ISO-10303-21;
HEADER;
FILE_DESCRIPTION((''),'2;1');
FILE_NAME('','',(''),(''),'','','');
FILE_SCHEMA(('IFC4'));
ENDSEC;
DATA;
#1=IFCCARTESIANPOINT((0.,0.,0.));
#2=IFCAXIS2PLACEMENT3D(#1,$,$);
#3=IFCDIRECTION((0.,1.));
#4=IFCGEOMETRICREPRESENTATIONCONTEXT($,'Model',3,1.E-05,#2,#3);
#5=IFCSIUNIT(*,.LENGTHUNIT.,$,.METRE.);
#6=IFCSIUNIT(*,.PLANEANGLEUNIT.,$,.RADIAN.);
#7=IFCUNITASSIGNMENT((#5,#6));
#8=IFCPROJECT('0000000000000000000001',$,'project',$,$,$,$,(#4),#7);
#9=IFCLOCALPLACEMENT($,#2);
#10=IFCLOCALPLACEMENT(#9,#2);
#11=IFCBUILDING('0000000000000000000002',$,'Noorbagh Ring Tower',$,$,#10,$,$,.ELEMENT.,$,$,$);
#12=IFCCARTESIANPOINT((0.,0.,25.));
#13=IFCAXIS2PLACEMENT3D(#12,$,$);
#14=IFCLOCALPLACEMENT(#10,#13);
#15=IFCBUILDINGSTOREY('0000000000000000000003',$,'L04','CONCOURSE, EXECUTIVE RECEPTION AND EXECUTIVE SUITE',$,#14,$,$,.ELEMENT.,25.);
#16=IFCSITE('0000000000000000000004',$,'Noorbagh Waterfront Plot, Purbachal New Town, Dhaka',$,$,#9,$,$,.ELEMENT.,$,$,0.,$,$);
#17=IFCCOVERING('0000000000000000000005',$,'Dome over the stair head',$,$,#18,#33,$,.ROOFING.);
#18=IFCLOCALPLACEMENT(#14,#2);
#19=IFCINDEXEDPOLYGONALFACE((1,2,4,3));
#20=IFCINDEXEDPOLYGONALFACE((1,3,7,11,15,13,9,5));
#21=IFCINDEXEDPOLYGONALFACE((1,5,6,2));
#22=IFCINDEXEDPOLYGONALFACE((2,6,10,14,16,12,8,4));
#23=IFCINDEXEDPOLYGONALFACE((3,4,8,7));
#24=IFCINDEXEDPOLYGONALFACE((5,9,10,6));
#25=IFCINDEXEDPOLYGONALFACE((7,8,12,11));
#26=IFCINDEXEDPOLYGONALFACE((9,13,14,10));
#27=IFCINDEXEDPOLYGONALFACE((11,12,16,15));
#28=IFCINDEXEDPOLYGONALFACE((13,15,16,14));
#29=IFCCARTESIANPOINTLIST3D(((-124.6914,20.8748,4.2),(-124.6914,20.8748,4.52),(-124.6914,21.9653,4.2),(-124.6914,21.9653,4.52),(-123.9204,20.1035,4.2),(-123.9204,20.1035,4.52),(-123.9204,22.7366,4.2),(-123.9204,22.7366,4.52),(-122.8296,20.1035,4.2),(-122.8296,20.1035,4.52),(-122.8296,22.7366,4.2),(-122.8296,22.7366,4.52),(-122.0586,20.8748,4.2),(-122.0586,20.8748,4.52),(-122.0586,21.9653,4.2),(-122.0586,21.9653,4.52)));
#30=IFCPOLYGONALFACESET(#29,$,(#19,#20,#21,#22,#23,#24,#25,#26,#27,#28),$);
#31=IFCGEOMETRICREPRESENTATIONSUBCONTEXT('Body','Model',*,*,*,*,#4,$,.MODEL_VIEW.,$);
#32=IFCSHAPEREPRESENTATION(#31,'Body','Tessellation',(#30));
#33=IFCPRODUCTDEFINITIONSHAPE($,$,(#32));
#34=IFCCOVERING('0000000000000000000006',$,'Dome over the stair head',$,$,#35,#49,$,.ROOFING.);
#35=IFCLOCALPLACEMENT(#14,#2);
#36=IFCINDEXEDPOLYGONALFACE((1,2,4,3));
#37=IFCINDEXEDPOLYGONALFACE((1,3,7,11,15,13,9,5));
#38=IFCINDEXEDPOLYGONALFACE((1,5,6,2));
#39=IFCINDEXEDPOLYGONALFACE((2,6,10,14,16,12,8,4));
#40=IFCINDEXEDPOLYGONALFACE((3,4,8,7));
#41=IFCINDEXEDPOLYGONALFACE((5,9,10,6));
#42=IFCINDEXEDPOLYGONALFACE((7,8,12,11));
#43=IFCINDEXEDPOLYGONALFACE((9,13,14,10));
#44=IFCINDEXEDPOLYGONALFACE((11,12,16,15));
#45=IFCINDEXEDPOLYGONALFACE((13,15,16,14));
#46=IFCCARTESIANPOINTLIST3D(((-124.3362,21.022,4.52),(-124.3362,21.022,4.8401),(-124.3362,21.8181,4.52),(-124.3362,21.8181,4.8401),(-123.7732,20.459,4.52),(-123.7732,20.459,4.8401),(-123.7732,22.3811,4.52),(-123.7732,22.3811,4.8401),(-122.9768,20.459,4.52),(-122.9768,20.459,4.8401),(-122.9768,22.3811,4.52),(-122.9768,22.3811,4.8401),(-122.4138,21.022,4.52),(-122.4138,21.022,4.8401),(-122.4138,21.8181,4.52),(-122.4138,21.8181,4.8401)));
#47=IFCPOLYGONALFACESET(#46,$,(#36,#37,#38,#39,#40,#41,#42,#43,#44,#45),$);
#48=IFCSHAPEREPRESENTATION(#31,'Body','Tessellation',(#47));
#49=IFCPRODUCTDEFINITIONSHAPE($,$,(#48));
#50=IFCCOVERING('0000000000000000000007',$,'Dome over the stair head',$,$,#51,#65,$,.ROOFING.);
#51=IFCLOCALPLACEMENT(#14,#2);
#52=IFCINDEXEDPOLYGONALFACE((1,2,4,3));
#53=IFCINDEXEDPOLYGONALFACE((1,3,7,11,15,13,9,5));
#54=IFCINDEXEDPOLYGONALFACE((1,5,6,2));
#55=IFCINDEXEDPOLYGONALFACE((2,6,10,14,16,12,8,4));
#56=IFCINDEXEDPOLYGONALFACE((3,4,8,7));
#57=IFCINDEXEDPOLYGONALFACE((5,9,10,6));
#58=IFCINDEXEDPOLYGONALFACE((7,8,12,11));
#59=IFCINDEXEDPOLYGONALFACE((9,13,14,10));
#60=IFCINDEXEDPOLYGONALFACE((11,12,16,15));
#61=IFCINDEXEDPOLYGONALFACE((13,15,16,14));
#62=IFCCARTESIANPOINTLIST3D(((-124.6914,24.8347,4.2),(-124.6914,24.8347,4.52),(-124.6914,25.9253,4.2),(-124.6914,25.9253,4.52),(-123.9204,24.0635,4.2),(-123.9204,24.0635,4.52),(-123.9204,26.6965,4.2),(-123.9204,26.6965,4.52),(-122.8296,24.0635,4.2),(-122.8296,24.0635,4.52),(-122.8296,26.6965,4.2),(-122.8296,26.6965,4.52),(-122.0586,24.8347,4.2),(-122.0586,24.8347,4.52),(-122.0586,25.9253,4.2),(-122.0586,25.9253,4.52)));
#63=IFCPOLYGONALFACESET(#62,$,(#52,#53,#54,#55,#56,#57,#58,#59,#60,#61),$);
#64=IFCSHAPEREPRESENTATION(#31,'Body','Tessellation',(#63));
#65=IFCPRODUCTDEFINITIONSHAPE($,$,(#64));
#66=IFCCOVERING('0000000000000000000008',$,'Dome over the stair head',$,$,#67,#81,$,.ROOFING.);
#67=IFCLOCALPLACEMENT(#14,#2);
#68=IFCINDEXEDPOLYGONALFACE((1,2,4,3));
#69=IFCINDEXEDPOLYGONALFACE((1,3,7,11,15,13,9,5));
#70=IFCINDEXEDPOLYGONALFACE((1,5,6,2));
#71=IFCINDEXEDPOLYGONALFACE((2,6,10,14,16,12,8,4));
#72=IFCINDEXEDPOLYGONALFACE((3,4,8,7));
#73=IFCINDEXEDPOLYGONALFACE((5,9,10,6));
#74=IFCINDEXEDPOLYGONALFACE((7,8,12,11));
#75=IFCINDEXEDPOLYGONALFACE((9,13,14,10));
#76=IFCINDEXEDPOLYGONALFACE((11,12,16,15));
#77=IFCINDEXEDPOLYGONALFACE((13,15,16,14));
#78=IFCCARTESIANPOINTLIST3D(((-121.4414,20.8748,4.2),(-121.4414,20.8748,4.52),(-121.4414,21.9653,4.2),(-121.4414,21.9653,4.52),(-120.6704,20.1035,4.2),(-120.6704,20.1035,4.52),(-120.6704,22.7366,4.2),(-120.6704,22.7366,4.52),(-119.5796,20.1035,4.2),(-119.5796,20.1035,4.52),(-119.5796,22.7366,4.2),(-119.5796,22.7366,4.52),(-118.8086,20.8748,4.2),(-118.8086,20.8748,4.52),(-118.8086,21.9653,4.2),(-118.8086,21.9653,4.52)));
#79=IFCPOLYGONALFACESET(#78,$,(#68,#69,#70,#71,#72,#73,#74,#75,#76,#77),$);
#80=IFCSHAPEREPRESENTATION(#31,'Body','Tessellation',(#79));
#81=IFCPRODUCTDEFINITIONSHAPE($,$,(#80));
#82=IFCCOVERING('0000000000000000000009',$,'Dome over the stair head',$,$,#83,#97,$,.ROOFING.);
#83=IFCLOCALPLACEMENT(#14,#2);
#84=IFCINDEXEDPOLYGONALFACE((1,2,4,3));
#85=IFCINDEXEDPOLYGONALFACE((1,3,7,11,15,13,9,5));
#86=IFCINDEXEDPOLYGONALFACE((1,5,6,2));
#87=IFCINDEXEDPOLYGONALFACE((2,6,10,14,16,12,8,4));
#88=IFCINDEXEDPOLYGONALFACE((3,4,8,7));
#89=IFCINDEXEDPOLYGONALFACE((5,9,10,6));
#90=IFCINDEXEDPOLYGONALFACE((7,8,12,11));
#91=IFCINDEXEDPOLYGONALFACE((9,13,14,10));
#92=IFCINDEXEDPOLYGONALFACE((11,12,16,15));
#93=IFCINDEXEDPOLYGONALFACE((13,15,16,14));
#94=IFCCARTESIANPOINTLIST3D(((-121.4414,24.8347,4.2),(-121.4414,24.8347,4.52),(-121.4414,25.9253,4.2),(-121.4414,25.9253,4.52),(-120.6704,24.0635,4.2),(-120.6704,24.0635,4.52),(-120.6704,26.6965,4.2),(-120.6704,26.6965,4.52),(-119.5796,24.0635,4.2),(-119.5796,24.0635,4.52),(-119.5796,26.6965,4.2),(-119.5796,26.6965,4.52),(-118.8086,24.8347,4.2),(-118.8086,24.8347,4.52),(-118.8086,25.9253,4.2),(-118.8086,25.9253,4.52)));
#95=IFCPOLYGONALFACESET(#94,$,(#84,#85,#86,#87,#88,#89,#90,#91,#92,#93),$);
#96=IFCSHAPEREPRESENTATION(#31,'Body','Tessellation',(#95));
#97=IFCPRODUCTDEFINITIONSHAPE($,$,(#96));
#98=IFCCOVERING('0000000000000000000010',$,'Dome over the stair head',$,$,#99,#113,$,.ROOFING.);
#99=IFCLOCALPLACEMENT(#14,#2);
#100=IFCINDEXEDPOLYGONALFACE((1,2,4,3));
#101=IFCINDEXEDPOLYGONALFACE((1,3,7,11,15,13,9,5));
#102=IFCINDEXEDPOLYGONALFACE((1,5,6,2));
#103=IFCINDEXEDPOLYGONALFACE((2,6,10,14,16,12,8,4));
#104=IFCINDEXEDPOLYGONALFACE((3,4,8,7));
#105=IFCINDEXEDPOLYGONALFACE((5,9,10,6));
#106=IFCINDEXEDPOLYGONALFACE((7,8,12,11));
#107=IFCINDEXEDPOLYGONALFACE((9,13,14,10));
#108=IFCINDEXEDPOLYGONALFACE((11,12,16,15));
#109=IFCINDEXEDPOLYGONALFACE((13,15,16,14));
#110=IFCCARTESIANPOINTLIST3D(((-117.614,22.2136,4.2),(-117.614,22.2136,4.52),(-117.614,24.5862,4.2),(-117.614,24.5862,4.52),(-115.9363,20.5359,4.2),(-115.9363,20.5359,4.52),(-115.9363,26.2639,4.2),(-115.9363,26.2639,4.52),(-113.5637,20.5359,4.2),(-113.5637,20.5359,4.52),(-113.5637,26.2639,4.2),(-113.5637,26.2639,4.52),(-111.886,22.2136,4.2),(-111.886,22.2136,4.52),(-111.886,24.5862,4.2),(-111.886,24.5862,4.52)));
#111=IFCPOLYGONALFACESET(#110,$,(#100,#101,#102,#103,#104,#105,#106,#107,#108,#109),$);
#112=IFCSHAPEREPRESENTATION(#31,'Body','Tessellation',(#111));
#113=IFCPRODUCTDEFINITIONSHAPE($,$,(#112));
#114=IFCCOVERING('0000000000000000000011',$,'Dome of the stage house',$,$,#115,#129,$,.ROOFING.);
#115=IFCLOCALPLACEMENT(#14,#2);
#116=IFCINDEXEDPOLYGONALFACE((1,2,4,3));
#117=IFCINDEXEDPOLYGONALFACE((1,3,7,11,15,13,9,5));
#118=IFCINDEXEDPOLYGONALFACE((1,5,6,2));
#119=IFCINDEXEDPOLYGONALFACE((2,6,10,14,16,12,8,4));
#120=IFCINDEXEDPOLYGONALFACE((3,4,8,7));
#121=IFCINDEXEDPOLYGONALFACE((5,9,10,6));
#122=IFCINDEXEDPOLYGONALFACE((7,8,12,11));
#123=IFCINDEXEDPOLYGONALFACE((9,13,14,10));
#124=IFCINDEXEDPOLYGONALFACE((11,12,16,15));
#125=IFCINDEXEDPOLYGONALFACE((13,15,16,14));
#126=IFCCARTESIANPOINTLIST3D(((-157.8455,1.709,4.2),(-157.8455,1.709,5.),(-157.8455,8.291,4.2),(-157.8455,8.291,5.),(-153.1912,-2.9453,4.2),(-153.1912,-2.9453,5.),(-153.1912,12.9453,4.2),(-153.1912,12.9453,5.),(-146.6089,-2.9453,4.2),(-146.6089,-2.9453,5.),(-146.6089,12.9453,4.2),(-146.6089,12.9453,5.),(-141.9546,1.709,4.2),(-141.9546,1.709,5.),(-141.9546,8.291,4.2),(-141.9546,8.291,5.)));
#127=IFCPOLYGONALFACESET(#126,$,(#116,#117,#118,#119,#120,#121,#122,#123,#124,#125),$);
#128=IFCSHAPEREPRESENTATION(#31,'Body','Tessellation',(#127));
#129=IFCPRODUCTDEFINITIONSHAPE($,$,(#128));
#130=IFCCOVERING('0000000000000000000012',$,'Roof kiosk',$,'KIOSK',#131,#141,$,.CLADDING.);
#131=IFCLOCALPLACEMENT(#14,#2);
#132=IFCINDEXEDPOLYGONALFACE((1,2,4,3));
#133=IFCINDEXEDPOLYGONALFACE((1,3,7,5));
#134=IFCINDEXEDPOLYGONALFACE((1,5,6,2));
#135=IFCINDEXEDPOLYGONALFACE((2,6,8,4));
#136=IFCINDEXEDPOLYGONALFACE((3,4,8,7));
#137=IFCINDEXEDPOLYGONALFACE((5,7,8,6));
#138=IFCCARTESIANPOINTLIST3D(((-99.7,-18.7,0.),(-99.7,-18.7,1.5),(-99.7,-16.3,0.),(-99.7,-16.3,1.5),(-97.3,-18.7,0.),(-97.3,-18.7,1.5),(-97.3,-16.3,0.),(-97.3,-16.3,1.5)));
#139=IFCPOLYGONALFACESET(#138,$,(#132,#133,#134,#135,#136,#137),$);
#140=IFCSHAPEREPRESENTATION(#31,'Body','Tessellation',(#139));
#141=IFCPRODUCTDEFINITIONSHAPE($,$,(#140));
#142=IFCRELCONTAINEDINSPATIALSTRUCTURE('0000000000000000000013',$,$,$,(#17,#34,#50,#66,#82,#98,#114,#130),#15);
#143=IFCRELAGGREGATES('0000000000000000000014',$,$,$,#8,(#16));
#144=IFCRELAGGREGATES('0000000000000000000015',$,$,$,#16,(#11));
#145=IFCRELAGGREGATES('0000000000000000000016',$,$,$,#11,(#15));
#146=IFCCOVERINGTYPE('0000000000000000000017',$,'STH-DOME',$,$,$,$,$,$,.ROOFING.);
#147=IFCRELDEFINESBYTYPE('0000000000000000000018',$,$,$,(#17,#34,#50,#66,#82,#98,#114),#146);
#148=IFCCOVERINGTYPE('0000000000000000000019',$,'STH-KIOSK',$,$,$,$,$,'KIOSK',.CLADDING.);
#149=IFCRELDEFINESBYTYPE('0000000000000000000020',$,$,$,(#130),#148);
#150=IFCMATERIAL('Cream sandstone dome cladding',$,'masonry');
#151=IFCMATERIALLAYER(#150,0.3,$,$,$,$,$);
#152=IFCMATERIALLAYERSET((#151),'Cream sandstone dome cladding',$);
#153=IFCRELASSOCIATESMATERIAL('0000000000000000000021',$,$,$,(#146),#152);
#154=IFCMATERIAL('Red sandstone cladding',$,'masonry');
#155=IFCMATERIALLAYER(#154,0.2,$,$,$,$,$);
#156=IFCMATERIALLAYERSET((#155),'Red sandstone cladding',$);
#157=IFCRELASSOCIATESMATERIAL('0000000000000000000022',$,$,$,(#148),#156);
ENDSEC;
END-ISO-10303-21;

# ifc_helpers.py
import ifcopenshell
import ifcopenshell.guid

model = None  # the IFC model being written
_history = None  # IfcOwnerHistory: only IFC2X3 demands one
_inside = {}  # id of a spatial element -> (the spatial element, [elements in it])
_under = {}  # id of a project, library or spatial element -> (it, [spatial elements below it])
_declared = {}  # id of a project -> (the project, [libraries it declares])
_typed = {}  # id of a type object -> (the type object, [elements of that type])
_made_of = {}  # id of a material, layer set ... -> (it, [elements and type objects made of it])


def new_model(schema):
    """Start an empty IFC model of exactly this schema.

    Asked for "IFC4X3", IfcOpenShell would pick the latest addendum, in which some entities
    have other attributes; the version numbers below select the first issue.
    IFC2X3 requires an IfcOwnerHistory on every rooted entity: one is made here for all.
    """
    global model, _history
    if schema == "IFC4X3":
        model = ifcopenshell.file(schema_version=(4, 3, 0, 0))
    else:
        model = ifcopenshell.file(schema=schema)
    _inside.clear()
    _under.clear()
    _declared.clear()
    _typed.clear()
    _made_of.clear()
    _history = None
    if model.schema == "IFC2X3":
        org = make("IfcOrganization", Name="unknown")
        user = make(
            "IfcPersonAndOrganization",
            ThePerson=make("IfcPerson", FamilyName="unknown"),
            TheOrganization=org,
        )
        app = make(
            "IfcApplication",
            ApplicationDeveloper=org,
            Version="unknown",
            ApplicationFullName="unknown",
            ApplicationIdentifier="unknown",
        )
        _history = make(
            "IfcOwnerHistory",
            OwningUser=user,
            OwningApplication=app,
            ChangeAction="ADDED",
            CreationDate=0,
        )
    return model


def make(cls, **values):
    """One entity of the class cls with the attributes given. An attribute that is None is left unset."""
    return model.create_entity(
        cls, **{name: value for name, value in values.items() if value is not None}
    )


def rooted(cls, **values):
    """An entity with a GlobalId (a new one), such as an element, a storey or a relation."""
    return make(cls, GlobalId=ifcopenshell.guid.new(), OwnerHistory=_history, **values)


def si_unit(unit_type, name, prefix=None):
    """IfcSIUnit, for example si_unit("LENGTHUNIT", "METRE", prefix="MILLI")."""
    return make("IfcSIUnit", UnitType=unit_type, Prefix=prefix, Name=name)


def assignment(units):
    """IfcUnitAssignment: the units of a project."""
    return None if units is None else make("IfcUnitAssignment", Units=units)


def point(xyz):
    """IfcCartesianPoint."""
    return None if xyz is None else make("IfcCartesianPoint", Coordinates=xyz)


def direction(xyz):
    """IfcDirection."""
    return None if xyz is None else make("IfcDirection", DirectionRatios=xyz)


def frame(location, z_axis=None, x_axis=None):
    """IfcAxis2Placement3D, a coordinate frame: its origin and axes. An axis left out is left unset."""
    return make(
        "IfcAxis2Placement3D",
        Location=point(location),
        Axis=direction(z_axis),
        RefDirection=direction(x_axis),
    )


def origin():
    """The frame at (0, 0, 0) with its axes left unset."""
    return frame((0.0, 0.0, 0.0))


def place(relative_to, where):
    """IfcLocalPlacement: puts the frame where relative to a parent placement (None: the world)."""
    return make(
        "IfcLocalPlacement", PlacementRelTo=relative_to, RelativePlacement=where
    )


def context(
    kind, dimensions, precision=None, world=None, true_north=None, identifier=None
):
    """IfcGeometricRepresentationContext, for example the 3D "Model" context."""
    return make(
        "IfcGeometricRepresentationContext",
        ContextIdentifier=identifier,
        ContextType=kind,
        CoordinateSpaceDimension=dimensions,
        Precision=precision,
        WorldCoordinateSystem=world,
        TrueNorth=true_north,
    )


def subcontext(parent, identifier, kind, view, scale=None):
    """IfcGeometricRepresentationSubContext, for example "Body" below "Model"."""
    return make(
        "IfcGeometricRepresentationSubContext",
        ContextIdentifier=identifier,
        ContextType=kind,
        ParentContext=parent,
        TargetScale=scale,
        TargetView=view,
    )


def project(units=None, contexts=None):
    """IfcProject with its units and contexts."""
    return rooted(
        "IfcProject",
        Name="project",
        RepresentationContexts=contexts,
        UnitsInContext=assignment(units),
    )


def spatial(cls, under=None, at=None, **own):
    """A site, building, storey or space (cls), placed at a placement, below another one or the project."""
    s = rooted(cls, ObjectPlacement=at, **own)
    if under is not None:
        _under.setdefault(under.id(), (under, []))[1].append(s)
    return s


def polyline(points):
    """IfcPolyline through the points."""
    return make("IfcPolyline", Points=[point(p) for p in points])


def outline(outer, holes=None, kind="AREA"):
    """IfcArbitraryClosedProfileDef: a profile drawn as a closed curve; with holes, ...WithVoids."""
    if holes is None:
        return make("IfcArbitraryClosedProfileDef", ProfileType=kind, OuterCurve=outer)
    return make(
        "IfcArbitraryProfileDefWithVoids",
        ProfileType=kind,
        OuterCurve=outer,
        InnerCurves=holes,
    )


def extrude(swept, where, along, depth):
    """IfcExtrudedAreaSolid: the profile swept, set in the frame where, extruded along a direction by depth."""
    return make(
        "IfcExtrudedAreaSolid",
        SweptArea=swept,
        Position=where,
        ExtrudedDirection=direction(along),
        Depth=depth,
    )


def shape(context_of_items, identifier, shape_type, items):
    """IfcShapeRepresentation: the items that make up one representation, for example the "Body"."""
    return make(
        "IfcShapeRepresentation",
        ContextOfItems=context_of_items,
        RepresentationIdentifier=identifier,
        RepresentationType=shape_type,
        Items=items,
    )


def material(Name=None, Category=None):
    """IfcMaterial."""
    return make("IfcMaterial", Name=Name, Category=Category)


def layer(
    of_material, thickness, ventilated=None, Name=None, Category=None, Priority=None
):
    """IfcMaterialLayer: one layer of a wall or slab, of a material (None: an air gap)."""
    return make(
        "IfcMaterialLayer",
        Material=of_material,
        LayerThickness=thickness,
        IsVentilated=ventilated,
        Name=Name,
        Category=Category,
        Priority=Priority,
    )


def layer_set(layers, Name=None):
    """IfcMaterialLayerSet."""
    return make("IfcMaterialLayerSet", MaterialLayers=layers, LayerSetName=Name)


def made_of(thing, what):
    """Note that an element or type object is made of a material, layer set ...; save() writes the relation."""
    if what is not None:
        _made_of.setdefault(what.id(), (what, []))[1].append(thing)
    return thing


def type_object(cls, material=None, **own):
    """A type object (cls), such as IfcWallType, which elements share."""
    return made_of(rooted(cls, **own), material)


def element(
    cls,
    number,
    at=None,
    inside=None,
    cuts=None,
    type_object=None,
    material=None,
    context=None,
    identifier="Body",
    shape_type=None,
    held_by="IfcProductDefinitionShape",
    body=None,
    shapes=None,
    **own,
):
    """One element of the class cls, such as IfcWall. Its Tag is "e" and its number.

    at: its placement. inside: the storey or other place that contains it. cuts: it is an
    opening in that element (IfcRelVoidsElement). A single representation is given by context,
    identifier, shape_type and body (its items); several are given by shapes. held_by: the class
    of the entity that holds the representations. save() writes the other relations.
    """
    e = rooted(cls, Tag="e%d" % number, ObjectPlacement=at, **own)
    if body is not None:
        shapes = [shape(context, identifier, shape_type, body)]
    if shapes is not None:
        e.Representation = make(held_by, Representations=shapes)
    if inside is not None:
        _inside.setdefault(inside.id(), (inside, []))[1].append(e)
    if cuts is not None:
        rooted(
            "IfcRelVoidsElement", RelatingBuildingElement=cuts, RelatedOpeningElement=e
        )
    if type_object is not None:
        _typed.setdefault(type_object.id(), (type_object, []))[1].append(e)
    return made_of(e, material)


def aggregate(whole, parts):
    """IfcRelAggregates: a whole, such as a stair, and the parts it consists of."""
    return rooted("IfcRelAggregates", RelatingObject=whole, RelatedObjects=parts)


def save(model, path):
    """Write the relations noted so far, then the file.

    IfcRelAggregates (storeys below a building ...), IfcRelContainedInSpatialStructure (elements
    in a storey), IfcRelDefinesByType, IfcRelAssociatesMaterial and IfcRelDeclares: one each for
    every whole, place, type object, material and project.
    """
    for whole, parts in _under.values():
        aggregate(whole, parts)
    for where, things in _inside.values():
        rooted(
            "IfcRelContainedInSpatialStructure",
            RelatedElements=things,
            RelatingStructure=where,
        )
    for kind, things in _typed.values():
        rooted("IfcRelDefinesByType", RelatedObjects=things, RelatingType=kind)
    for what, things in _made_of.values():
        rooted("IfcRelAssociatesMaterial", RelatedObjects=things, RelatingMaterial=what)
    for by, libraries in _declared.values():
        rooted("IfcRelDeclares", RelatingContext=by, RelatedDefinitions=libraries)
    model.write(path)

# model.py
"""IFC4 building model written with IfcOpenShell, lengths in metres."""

from ifc_helpers import new_model, si_unit, direction, frame, origin, place, context, subcontext, project, spatial, polyline, outline, extrude, material, layer, layer_set, type_object, element, save


model = new_model("IFC4")

# Units and contexts
model_context = context("Model", 3, precision=1e-05, world=origin(), true_north=direction((0.0, 1.0)))
body_context = subcontext(model_context, "Body", "Model", "MODEL_VIEW")
ifc_project = project(units=[si_unit("LENGTHUNIT", "METRE"), si_unit("PLANEANGLEUNIT", "RADIAN")], contexts=[model_context])

# Site, building, storey
site_placement = place(None, origin())
site = spatial("IfcSite", under=ifc_project, at=site_placement, Name="Noorbagh Waterfront Plot, Purbachal New Town, Dhaka", CompositionType="ELEMENT", RefElevation=0.0)
building_placement = place(site_placement, origin())
building = spatial("IfcBuilding", under=site, at=building_placement, Name="Noorbagh Ring Tower", CompositionType="ELEMENT")
storey_placement = place(building_placement, frame((0.0, 0.0, 25.0)))
storey = spatial("IfcBuildingStorey", under=building, at=storey_placement, Name="L04", Description="CONCOURSE, EXECUTIVE RECEPTION AND EXECUTIVE SUITE", CompositionType="ELEMENT", Elevation=25.0)

# Coverings
ifc_material_1 = material(Name="Cream sandstone dome cladding", Category="masonry")
ifc_layer_1 = layer(ifc_material_1, 0.3)
ifc_layer_set_1 = layer_set([ifc_layer_1], Name="Cream sandstone dome cladding")
covering_type_1 = type_object("IfcCoveringType", Name="STH-DOME", PredefinedType="ROOFING", material=ifc_layer_set_1)
covering_1_placement = place(storey_placement, frame((0.0, 0.0, 4.2)))
element("IfcCovering", 1, at=covering_1_placement, inside=storey, type_object=covering_type_1, Name="Dome over the stair head", PredefinedType="ROOFING", context=body_context, shape_type="SweptSolid", body=[
    extrude(outline(polyline([(-122.0586, 21.9653), (-122.8296, 22.7366), (-123.9204, 22.7366), (-124.6914, 21.9653), (-124.6914, 20.8748), (-123.9204, 20.1035), (-122.8296, 20.1035), (-122.0586, 20.8748), (-122.0586, 21.9653)])), origin(), (0.0, 0.0, 1.0), 0.3201),
])
covering_2_placement = place(storey_placement, frame((0.0, 0.0, 4.52)))
element("IfcCovering", 2, at=covering_2_placement, inside=storey, type_object=covering_type_1, Name="Dome over the stair head", PredefinedType="ROOFING", context=body_context, shape_type="SweptSolid", body=[
    extrude(outline(polyline([(-122.4138, 21.8181), (-122.9768, 22.3811), (-123.7732, 22.3811), (-124.3362, 21.8181), (-124.3362, 21.022), (-123.7732, 20.459), (-122.9768, 20.459), (-122.4138, 21.022), (-122.4138, 21.8181)])), origin(), (0.0, 0.0, 1.0), 0.3201),
])
covering_3_placement = place(storey_placement, frame((0.0, 0.0, 4.2)))
element("IfcCovering", 3, at=covering_3_placement, inside=storey, type_object=covering_type_1, Name="Dome over the stair head", PredefinedType="ROOFING", context=body_context, shape_type="SweptSolid", body=[
    extrude(outline(polyline([(-122.0586, 25.9253), (-122.8296, 26.6965), (-123.9204, 26.6965), (-124.6914, 25.9253), (-124.6914, 24.8347), (-123.9204, 24.0635), (-122.8296, 24.0635), (-122.0586, 24.8347), (-122.0586, 25.9253)])), origin(), (0.0, 0.0, 1.0), 0.3201),
])
covering_4_placement = place(storey_placement, frame((0.0, 0.0, 4.2)))
element("IfcCovering", 4, at=covering_4_placement, inside=storey, type_object=covering_type_1, Name="Dome over the stair head", PredefinedType="ROOFING", context=body_context, shape_type="SweptSolid", body=[
    extrude(outline(polyline([(-118.8086, 21.9653), (-119.5796, 22.7366), (-120.6704, 22.7366), (-121.4414, 21.9653), (-121.4414, 20.8748), (-120.6704, 20.1035), (-119.5796, 20.1035), (-118.8086, 20.8748), (-118.8086, 21.9653)])), origin(), (0.0, 0.0, 1.0), 0.3201),
])
covering_5_placement = place(storey_placement, frame((0.0, 0.0, 4.2)))
element("IfcCovering", 5, at=covering_5_placement, inside=storey, type_object=covering_type_1, Name="Dome over the stair head", PredefinedType="ROOFING", context=body_context, shape_type="SweptSolid", body=[
    extrude(outline(polyline([(-118.8086, 25.9253), (-119.5796, 26.6965), (-120.6704, 26.6965), (-121.4414, 25.9253), (-121.4414, 24.8347), (-120.6704, 24.0635), (-119.5796, 24.0635), (-118.8086, 24.8347), (-118.8086, 25.9253)])), origin(), (0.0, 0.0, 1.0), 0.3201),
])
covering_6_placement = place(storey_placement, frame((0.0, 0.0, 4.2)))
element("IfcCovering", 6, at=covering_6_placement, inside=storey, type_object=covering_type_1, Name="Dome over the stair head", PredefinedType="ROOFING", context=body_context, shape_type="SweptSolid", body=[
    extrude(outline(polyline([(-111.886, 24.5862), (-113.5637, 26.2639), (-115.9363, 26.2639), (-117.614, 24.5862), (-117.614, 22.2136), (-115.9363, 20.5359), (-113.5637, 20.5359), (-111.886, 22.2136), (-111.886, 24.5862)])), origin(), (0.0, 0.0, 1.0), 0.3201),
])
covering_7_placement = place(storey_placement, frame((0.0, 0.0, 4.2)))
element("IfcCovering", 7, at=covering_7_placement, inside=storey, type_object=covering_type_1, Name="Dome of the stage house", PredefinedType="ROOFING", context=body_context, shape_type="SweptSolid", body=[
    extrude(outline(polyline([(-141.9546, 8.291), (-146.6089, 12.9453), (-153.1912, 12.9453), (-157.8455, 8.291), (-157.8455, 1.709), (-153.1912, -2.9453), (-146.6089, -2.9453), (-141.9546, 1.709), (-141.9546, 8.291)])), origin(), (0.0, 0.0, 1.0), 0.8),
])
ifc_material_2 = material(Name="Red sandstone cladding", Category="masonry")
ifc_layer_2 = layer(ifc_material_2, 0.2)
ifc_layer_set_2 = layer_set([ifc_layer_2], Name="Red sandstone cladding")
covering_type_2 = type_object("IfcCoveringType", Name="STH-KIOSK", ElementType="KIOSK", PredefinedType="CLADDING", material=ifc_layer_set_2)
covering_8_placement = place(storey_placement, origin())
element("IfcCovering", 8, at=covering_8_placement, inside=storey, type_object=covering_type_2, Name="Roof kiosk", ObjectType="KIOSK", PredefinedType="CLADDING", context=body_context, shape_type="SweptSolid", body=[
    extrude(outline(polyline([(-99.7, -18.7), (-97.3, -18.7), (-97.3, -16.3), (-99.7, -16.3), (-99.7, -18.7)])), origin(), (0.0, 0.0, 1.0), 1.5),
])

save(model, "model.ifc")
